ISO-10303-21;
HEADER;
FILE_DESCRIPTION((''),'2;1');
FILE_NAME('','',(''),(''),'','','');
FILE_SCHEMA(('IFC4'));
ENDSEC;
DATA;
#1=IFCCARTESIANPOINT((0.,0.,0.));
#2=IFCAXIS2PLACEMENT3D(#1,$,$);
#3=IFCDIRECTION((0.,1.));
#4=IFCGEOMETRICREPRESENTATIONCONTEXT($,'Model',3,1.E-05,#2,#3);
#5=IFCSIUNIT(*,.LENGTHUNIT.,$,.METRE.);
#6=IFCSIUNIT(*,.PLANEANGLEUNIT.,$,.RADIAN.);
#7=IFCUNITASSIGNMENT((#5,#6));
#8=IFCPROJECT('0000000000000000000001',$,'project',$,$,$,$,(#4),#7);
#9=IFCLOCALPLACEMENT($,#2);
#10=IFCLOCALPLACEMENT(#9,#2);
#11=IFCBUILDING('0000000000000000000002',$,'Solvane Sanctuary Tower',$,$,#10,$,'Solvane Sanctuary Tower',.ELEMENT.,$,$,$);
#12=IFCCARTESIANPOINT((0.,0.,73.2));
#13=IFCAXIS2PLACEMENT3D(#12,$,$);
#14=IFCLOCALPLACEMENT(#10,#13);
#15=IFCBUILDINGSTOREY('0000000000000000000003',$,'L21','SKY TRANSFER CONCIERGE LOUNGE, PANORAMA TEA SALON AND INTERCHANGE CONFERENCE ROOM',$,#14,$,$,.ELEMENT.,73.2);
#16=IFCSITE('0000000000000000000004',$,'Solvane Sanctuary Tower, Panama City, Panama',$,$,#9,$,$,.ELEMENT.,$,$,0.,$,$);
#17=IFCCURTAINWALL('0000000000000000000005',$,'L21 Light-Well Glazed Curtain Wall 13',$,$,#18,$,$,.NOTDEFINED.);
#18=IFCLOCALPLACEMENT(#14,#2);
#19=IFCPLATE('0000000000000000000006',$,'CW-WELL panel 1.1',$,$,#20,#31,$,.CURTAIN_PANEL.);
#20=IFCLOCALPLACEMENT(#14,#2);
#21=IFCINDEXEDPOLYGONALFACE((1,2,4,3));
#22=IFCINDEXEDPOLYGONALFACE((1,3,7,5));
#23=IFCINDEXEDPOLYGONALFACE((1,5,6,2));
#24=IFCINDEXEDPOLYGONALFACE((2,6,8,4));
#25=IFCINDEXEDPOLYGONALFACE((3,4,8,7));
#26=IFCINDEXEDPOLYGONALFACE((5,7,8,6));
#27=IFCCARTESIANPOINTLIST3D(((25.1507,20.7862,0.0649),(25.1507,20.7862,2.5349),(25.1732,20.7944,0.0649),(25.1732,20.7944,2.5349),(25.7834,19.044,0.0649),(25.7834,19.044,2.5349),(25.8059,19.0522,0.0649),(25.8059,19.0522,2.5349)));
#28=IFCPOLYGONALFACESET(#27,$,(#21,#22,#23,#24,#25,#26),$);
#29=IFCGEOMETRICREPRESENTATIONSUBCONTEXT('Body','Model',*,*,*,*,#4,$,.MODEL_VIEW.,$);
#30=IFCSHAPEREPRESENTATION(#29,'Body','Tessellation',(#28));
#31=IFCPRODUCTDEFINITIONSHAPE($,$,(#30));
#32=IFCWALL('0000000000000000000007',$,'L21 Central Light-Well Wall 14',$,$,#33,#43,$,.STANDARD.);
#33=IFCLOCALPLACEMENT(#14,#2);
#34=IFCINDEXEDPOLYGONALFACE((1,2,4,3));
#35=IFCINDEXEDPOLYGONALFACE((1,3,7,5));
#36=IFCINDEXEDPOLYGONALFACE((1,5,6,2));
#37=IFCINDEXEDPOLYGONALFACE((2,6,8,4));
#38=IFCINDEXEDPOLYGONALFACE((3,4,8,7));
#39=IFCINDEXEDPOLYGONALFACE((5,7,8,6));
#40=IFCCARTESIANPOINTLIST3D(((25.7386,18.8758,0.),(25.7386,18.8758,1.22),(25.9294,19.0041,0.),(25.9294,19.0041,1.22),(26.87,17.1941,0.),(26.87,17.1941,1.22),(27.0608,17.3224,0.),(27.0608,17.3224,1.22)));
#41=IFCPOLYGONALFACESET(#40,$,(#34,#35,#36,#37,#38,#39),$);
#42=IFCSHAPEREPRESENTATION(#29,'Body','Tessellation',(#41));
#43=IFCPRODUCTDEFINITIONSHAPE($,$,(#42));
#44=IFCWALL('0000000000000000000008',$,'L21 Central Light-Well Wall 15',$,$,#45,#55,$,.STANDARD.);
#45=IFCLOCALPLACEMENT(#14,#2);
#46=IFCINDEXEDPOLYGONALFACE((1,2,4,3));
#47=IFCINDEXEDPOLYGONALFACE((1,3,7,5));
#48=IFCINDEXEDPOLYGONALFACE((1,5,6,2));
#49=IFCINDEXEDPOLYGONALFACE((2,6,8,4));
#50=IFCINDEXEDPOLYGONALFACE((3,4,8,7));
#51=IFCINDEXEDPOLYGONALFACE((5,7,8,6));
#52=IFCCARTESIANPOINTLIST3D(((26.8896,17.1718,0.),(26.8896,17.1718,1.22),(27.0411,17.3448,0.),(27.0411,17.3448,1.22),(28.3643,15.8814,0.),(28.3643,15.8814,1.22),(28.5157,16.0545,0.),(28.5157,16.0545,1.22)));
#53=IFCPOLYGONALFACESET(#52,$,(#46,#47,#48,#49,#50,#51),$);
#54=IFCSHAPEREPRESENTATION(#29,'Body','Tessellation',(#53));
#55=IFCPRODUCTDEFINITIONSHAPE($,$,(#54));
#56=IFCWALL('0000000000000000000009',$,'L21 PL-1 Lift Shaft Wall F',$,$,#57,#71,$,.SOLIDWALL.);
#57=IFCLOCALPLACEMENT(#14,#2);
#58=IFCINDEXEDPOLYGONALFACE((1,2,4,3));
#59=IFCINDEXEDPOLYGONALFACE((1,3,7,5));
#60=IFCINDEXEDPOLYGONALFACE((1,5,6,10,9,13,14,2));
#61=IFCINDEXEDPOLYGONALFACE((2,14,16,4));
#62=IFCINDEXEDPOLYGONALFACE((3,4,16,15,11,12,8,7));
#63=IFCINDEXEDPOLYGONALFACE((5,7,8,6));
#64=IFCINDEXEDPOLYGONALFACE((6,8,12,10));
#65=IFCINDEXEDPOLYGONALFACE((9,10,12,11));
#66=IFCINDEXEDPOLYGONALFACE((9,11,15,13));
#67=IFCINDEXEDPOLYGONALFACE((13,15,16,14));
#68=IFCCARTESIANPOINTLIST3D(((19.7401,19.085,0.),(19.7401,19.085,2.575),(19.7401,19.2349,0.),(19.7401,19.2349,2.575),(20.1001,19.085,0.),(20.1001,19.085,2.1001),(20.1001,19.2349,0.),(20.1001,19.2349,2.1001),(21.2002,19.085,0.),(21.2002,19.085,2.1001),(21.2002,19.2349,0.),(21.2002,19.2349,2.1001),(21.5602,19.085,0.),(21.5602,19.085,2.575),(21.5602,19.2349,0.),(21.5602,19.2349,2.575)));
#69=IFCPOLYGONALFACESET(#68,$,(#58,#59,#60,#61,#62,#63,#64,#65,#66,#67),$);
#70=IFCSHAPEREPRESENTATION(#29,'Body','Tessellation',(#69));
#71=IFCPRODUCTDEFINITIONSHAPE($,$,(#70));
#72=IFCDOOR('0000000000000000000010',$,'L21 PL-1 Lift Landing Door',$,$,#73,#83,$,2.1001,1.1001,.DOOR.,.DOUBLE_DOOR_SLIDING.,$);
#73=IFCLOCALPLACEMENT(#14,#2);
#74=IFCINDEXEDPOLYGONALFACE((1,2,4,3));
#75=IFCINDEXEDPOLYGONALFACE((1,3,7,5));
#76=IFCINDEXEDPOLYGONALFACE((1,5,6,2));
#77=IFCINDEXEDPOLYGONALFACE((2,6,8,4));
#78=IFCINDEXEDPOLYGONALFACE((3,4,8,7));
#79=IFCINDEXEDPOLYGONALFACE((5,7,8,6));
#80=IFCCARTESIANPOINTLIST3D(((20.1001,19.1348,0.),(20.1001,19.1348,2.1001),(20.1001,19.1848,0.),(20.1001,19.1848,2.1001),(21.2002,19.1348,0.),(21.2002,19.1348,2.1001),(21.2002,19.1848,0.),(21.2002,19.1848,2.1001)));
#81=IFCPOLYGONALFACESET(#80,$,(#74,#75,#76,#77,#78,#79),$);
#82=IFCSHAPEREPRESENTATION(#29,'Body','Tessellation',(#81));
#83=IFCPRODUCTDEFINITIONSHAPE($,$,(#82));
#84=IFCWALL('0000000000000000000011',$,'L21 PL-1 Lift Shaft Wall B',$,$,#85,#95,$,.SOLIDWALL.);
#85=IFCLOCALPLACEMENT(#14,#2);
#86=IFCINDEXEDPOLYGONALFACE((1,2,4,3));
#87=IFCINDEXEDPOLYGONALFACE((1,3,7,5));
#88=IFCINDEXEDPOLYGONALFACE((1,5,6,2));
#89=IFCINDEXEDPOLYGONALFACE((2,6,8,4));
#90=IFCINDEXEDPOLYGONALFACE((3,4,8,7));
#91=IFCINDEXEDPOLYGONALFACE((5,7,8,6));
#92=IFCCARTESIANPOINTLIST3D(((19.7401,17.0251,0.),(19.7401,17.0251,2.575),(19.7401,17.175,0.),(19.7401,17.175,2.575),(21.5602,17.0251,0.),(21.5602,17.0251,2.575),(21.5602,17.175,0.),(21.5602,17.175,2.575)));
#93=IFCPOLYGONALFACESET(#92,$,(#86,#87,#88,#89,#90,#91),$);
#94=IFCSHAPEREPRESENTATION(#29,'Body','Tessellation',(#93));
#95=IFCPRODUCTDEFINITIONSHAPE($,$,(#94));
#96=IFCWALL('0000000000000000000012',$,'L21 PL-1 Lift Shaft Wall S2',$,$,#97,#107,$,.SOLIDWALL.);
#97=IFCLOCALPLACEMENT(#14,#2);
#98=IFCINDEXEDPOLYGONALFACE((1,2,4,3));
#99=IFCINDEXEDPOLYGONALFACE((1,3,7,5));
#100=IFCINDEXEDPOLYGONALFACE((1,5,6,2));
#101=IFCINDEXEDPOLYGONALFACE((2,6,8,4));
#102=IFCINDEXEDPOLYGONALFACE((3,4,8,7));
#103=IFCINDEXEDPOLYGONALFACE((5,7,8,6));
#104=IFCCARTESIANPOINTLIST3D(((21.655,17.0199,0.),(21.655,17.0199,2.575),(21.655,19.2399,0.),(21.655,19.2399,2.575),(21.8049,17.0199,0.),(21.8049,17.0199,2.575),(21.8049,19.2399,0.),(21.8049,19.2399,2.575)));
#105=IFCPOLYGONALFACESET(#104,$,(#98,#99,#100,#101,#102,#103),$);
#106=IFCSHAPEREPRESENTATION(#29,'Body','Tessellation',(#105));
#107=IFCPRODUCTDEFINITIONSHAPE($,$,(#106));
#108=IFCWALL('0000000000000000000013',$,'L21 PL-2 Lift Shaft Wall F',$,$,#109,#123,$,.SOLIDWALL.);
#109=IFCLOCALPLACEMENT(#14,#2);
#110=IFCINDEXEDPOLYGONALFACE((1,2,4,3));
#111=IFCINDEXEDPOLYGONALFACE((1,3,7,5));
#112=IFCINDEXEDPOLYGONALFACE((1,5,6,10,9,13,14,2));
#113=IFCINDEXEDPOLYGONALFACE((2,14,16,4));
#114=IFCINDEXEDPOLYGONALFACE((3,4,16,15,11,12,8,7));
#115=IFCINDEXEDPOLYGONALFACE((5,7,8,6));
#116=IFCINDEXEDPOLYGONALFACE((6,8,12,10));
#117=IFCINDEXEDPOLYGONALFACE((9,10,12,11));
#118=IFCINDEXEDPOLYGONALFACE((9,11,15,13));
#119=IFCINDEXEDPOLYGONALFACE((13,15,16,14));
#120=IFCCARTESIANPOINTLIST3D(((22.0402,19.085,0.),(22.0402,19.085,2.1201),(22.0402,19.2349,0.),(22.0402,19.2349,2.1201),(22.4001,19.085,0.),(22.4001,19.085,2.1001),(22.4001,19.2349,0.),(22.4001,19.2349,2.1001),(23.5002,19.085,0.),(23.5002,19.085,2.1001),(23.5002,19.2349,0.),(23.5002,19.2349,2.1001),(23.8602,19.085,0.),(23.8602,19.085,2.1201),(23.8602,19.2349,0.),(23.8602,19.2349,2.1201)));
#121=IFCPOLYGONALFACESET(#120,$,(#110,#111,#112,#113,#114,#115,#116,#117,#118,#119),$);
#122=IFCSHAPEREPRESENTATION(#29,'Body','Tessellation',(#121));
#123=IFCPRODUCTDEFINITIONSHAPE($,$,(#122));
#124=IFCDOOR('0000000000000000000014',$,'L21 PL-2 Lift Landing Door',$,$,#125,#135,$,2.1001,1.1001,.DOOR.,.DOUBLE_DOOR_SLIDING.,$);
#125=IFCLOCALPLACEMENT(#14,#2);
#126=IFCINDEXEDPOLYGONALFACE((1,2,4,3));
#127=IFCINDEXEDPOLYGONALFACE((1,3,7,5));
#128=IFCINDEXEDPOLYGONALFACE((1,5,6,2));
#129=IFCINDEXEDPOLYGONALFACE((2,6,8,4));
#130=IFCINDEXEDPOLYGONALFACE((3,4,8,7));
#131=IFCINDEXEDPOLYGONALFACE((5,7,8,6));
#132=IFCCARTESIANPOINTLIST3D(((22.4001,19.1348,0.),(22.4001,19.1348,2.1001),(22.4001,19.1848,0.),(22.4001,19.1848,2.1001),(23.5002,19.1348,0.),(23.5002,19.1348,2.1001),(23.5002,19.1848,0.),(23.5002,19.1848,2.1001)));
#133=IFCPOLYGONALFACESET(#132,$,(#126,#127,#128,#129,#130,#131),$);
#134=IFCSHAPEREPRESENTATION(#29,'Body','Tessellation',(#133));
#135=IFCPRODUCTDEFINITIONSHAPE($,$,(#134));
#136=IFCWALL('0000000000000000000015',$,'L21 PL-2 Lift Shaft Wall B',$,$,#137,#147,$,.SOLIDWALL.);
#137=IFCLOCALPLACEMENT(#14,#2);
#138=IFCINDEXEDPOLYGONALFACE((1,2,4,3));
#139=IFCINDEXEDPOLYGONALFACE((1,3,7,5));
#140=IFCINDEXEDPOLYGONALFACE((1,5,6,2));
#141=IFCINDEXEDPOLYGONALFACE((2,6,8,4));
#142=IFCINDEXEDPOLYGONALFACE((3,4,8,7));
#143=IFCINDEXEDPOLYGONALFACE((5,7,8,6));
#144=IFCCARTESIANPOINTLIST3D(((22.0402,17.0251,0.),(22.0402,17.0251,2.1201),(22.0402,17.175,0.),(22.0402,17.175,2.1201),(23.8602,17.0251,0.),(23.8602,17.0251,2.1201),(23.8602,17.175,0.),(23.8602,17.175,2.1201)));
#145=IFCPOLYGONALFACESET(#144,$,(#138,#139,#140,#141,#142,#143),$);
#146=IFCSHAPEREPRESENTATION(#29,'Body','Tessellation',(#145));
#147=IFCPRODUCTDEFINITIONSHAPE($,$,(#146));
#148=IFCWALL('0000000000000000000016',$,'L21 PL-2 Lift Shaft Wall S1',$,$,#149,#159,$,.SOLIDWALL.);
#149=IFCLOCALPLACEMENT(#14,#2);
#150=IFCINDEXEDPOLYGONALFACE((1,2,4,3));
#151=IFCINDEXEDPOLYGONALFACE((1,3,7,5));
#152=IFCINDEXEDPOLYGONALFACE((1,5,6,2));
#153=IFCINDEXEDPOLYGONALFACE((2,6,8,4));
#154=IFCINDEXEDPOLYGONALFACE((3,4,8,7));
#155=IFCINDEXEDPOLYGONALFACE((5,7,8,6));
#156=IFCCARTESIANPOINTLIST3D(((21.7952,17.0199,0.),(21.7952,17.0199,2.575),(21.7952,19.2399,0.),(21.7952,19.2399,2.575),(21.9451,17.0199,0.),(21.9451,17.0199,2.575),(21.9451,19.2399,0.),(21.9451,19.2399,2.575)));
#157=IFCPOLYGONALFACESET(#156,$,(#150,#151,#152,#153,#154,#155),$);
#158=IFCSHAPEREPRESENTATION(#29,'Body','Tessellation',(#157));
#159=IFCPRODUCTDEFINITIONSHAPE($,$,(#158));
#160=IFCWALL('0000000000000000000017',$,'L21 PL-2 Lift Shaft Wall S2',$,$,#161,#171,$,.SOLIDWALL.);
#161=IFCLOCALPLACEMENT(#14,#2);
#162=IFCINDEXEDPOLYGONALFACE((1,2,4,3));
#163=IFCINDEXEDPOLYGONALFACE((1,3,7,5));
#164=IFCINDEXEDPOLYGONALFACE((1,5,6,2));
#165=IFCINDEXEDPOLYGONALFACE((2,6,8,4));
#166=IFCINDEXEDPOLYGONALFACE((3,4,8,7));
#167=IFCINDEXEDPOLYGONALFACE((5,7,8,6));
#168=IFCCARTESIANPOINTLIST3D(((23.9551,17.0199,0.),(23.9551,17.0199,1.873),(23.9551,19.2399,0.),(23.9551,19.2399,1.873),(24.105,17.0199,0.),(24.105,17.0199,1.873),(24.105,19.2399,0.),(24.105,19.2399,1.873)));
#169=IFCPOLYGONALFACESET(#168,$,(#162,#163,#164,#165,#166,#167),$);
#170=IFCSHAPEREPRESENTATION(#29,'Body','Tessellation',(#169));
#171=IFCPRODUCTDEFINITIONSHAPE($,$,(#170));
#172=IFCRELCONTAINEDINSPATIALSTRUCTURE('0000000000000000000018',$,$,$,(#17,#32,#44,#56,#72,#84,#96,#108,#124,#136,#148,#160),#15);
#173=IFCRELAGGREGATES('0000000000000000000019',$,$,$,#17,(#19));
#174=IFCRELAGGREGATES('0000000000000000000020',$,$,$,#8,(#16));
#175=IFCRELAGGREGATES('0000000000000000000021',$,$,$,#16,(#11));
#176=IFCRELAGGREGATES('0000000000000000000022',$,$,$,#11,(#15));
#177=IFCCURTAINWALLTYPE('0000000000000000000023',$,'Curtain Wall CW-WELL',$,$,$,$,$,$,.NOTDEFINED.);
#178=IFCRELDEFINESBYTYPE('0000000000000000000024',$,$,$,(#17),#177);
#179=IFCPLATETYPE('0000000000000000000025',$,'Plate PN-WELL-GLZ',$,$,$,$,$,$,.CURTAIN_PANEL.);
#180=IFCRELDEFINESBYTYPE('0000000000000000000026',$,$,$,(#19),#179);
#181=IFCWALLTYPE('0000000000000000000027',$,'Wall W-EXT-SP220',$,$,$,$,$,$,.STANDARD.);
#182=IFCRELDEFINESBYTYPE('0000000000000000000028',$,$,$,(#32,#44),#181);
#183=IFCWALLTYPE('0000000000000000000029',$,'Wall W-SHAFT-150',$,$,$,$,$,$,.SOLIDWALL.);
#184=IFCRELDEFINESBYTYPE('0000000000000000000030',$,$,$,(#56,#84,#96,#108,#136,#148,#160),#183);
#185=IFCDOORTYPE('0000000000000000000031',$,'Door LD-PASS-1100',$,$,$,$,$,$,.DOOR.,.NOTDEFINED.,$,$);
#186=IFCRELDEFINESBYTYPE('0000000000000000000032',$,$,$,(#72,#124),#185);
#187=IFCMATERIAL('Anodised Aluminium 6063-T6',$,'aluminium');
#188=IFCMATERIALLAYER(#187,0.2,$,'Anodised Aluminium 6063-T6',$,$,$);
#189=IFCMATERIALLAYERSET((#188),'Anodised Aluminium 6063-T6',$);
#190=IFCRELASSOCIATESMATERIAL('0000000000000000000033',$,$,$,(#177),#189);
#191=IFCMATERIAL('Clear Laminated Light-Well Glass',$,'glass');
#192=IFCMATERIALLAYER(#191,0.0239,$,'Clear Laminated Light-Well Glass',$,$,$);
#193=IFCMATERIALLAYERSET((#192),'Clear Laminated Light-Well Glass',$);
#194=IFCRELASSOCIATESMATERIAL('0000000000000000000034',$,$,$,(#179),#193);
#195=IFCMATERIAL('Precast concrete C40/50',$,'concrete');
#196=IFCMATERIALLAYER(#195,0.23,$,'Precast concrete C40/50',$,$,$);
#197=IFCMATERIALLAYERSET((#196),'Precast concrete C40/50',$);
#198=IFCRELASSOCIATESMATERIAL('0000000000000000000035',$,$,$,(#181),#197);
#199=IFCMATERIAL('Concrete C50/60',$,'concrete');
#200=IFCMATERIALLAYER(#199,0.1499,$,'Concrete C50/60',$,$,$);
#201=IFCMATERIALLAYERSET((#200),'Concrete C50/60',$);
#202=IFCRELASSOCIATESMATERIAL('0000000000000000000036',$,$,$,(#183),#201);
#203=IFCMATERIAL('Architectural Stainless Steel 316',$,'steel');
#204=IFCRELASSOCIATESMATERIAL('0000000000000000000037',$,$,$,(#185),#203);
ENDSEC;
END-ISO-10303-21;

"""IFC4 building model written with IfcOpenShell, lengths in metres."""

from ifc_helpers import new_model, si_unit, direction, frame, frame_2d, origin, origin_2d, place, context, subcontext, project, spatial, rectangle, extrude, material, layer, layer_set, type_object, element, fill, aggregate, save


model = new_model("IFC4")

# Units and contexts
model_context = context("Model", 3, precision=1e-05, world=origin(), true_north=direction((0.0, 1.0)))
body_context = subcontext(model_context, "Body", "Model", "MODEL_VIEW")
ifc_project = project(units=[si_unit("LENGTHUNIT", "METRE"), si_unit("PLANEANGLEUNIT", "RADIAN")], contexts=[model_context])

# Site, building, storey
site_placement = place(None, origin())
site = spatial("IfcSite", under=ifc_project, at=site_placement, Name="Solvane Sanctuary Tower, Panama City, Panama", CompositionType="ELEMENT", RefElevation=0.0)
building_placement = place(site_placement, origin())
building = spatial("IfcBuilding", under=site, at=building_placement, Name="Solvane Sanctuary Tower", LongName="Solvane Sanctuary Tower", CompositionType="ELEMENT")
storey_placement = place(building_placement, frame((0.0, 0.0, 73.2)))
storey = spatial("IfcBuildingStorey", under=building, at=storey_placement, Name="L21", Description="SKY TRANSFER CONCIERGE LOUNGE, PANORAMA TEA SALON AND INTERCHANGE CONFERENCE ROOM", CompositionType="ELEMENT", Elevation=73.2)

# Curtain wall, plate
ifc_material_1 = material(Name="Anodised Aluminium 6063-T6", Category="aluminium")
ifc_layer_1 = layer(ifc_material_1, 0.2, Name="Anodised Aluminium 6063-T6")
ifc_layer_set_1 = layer_set([ifc_layer_1], Name="Anodised Aluminium 6063-T6")
curtain_wall_type = type_object("IfcCurtainWallType", Name="Curtain Wall CW-WELL", PredefinedType="NOTDEFINED", material=ifc_layer_set_1)
curtain_wall_placement = place(storey_placement, origin())
curtain_wall = element("IfcCurtainWall", 1, at=curtain_wall_placement, inside=storey, type_object=curtain_wall_type, Name="L21 Light-Well Glazed Curtain Wall 13", PredefinedType="NOTDEFINED")
ifc_material_2 = material(Name="Clear Laminated Light-Well Glass", Category="glass")
ifc_layer_2 = layer(ifc_material_2, 0.0239, Name="Clear Laminated Light-Well Glass")
ifc_layer_set_2 = layer_set([ifc_layer_2], Name="Clear Laminated Light-Well Glass")
plate_type = type_object("IfcPlateType", Name="Plate PN-WELL-GLZ", PredefinedType="CURTAIN_PANEL", material=ifc_layer_set_2)
plate_placement = place(storey_placement, frame((25.4783, 19.9192, 0.0649), z_axis=(0.0, 0.0, 1.0), x_axis=(0.341358, -0.939933, 0.0)))
plate = element("IfcPlate", 2, at=plate_placement, type_object=plate_type, Name="CW-WELL panel 1.1", PredefinedType="CURTAIN_PANEL", context=body_context, shape_type="SweptSolid", body=[
    extrude(rectangle(XDim=1.8535, YDim=0.0239, at=origin_2d()), origin(), (0.0, 0.0, 1.0), 2.47),
])
aggregate(curtain_wall, [plate])

# Walls
ifc_material_3 = material(Name="Precast concrete C40/50", Category="concrete")
ifc_layer_3 = layer(ifc_material_3, 0.23, Name="Precast concrete C40/50")
ifc_layer_set_3 = layer_set([ifc_layer_3], Name="Precast concrete C40/50")
wall_type_1 = type_object("IfcWallType", Name="Wall W-EXT-SP220", PredefinedType="STANDARD", material=ifc_layer_set_3)
wall_1_placement = place(storey_placement, frame((25.834, 18.9399, 0.0), z_axis=(0.0, 0.0, 1.0), x_axis=(0.558198, -0.829708, 0.0)))
element("IfcWall", 3, at=wall_1_placement, inside=storey, type_object=wall_type_1, Name="L21 Central Light-Well Wall 14", PredefinedType="STANDARD", context=body_context, shape_type="SweptSolid", body=[
    extrude(rectangle(XDim=2.0269, YDim=0.23, at=frame_2d((1.0134, 0.0))), origin(), (0.0, 0.0, 1.0), 1.22),
])
wall_2_placement = place(storey_placement, frame((26.9653, 17.2583, 0.0), z_axis=(0.0, 0.0, 1.0), x_axis=(0.752577, -0.658505, 0.0)))
element("IfcWall", 4, at=wall_2_placement, inside=storey, type_object=wall_type_1, Name="L21 Central Light-Well Wall 15", PredefinedType="STANDARD", context=body_context, shape_type="SweptSolid", body=[
    extrude(rectangle(XDim=1.9595, YDim=0.23, at=frame_2d((0.9797, 0.0))), origin(), (0.0, 0.0, 1.0), 1.22),
])

# Wall, opening, door
ifc_material_4 = material(Name="Concrete C50/60", Category="concrete")
ifc_layer_4 = layer(ifc_material_4, 0.1499, Name="Concrete C50/60")
ifc_layer_set_4 = layer_set([ifc_layer_4], Name="Concrete C50/60")
wall_type_2 = type_object("IfcWallType", Name="Wall W-SHAFT-150", PredefinedType="SOLIDWALL", material=ifc_layer_set_4)
wall_3_placement = place(storey_placement, frame((19.74, 19.1599, 0.0), z_axis=(0.0, 0.0, 1.0), x_axis=(1.0, 0.0, 0.0)))
wall_3 = element("IfcWall", 5, at=wall_3_placement, inside=storey, type_object=wall_type_2, Name="L21 PL-1 Lift Shaft Wall F", PredefinedType="SOLIDWALL", context=body_context, shape_type="SweptSolid", body=[
    extrude(rectangle(XDim=1.8201, YDim=0.1499, at=frame_2d((0.9102, 0.0))), origin(), (0.0, 0.0, 1.0), 2.575),
])
opening_1_placement = place(wall_3_placement, frame((0.3601, 0.0, 0.0)))
opening_1 = element("IfcOpeningElement", 6, at=opening_1_placement, cuts=wall_3, PredefinedType="OPENING", context=body_context, shape_type="SweptSolid", body=[
    extrude(rectangle(XDim=1.1001, YDim=2.1001, at=frame_2d((0.55, 1.05))), frame((0.0, 0.085, 0.0), z_axis=(0.0, -1.0, 0.0), x_axis=(1.0, 0.0, 0.0)), (0.0, 0.0, 1.0), 0.1699),
])
ifc_material_5 = material(Name="Architectural Stainless Steel 316", Category="steel")
door_type = type_object("IfcDoorType", Name="Door LD-PASS-1100", OperationType="NOTDEFINED", PredefinedType="DOOR", material=ifc_material_5)
door_1_placement = place(opening_1_placement, origin())
door_1 = element("IfcDoor", 7, at=door_1_placement, inside=storey, type_object=door_type, Name="L21 PL-1 Lift Landing Door", OperationType="DOUBLE_DOOR_SLIDING", OverallHeight=2.1001, OverallWidth=1.1001, PredefinedType="DOOR", context=body_context, shape_type="SweptSolid", body=[
    extrude(rectangle(XDim=1.1001, YDim=2.1001, at=frame_2d((0.55, 1.05))), frame((0.0, 0.0249, 0.0), z_axis=(0.0, -1.0, 0.0), x_axis=(1.0, 0.0, 0.0)), (0.0, 0.0, 1.0), 0.05),
])
fill(opening_1, door_1)

# Walls
wall_4_placement = place(storey_placement, frame((19.74, 17.1001, 0.0), z_axis=(0.0, 0.0, 1.0), x_axis=(1.0, 0.0, 0.0)))
element("IfcWall", 8, at=wall_4_placement, inside=storey, type_object=wall_type_2, Name="L21 PL-1 Lift Shaft Wall B", PredefinedType="SOLIDWALL", context=body_context, shape_type="SweptSolid", body=[
    extrude(rectangle(XDim=1.8201, YDim=0.1499, at=frame_2d((0.9102, 0.0))), origin(), (0.0, 0.0, 1.0), 2.575),
])
wall_5_placement = place(storey_placement, frame((21.73, 17.02, 0.0), z_axis=(0.0, 0.0, 1.0), x_axis=(0.0, 1.0, 0.0)))
element("IfcWall", 9, at=wall_5_placement, inside=storey, type_object=wall_type_2, Name="L21 PL-1 Lift Shaft Wall S2", PredefinedType="SOLIDWALL", context=body_context, shape_type="SweptSolid", body=[
    extrude(rectangle(XDim=2.22, YDim=0.1499, at=frame_2d((1.1099, 0.0))), origin(), (0.0, 0.0, 1.0), 2.575),
])

# Wall, opening, door
wall_6_placement = place(storey_placement, frame((22.04, 19.1599, 0.0), z_axis=(0.0, 0.0, 1.0), x_axis=(1.0, 0.0, 0.0)))
wall_6 = element("IfcWall", 10, at=wall_6_placement, inside=storey, type_object=wall_type_2, Name="L21 PL-2 Lift Shaft Wall F", PredefinedType="SOLIDWALL", context=body_context, shape_type="SweptSolid", body=[
    extrude(rectangle(XDim=1.8201, YDim=0.1499, at=frame_2d((0.9102, 0.0))), origin(), (0.0, 0.0, 1.0), 2.1201),
])
opening_2_placement = place(wall_6_placement, frame((0.3601, 0.0, 0.0)))
opening_2 = element("IfcOpeningElement", 11, at=opening_2_placement, cuts=wall_6, PredefinedType="OPENING", context=body_context, shape_type="SweptSolid", body=[
    extrude(rectangle(XDim=1.1001, YDim=2.1001, at=frame_2d((0.55, 1.05))), frame((0.0, 0.085, 0.0), z_axis=(0.0, -1.0, 0.0), x_axis=(1.0, 0.0, 0.0)), (0.0, 0.0, 1.0), 0.1699),
])
door_2_placement = place(opening_2_placement, origin())
door_2 = element("IfcDoor", 12, at=door_2_placement, inside=storey, type_object=door_type, Name="L21 PL-2 Lift Landing Door", OperationType="DOUBLE_DOOR_SLIDING", OverallHeight=2.1001, OverallWidth=1.1001, PredefinedType="DOOR", context=body_context, shape_type="SweptSolid", body=[
    extrude(rectangle(XDim=1.1001, YDim=2.1001, at=frame_2d((0.55, 1.05))), frame((0.0, 0.0249, 0.0), z_axis=(0.0, -1.0, 0.0), x_axis=(1.0, 0.0, 0.0)), (0.0, 0.0, 1.0), 0.05),
])
fill(opening_2, door_2)

# Walls
wall_7_placement = place(storey_placement, frame((22.04, 17.1001, 0.0), z_axis=(0.0, 0.0, 1.0), x_axis=(1.0, 0.0, 0.0)))
element("IfcWall", 13, at=wall_7_placement, inside=storey, type_object=wall_type_2, Name="L21 PL-2 Lift Shaft Wall B", PredefinedType="SOLIDWALL", context=body_context, shape_type="SweptSolid", body=[
    extrude(rectangle(XDim=1.8201, YDim=0.1499, at=frame_2d((0.9102, 0.0))), origin(), (0.0, 0.0, 1.0), 2.1201),
])
wall_8_placement = place(storey_placement, frame((21.8701, 17.02, 0.0), z_axis=(0.0, 0.0, 1.0), x_axis=(0.0, 1.0, 0.0)))
element("IfcWall", 14, at=wall_8_placement, inside=storey, type_object=wall_type_2, Name="L21 PL-2 Lift Shaft Wall S1", PredefinedType="SOLIDWALL", context=body_context, shape_type="SweptSolid", body=[
    extrude(rectangle(XDim=2.22, YDim=0.1499, at=frame_2d((1.1099, 0.0))), origin(), (0.0, 0.0, 1.0), 2.575),
])
wall_9_placement = place(storey_placement, frame((24.03, 17.02, 0.0), z_axis=(0.0, 0.0, 1.0), x_axis=(0.0, 1.0, 0.0)))
element("IfcWall", 15, at=wall_9_placement, inside=storey, type_object=wall_type_2, Name="L21 PL-2 Lift Shaft Wall S2", PredefinedType="SOLIDWALL", context=body_context, shape_type="SweptSolid", body=[
    extrude(rectangle(XDim=2.22, YDim=0.1499, at=frame_2d((1.1099, 0.0))), origin(), (0.0, 0.0, 1.0), 1.873),
])

save(model, "model.ifc")
